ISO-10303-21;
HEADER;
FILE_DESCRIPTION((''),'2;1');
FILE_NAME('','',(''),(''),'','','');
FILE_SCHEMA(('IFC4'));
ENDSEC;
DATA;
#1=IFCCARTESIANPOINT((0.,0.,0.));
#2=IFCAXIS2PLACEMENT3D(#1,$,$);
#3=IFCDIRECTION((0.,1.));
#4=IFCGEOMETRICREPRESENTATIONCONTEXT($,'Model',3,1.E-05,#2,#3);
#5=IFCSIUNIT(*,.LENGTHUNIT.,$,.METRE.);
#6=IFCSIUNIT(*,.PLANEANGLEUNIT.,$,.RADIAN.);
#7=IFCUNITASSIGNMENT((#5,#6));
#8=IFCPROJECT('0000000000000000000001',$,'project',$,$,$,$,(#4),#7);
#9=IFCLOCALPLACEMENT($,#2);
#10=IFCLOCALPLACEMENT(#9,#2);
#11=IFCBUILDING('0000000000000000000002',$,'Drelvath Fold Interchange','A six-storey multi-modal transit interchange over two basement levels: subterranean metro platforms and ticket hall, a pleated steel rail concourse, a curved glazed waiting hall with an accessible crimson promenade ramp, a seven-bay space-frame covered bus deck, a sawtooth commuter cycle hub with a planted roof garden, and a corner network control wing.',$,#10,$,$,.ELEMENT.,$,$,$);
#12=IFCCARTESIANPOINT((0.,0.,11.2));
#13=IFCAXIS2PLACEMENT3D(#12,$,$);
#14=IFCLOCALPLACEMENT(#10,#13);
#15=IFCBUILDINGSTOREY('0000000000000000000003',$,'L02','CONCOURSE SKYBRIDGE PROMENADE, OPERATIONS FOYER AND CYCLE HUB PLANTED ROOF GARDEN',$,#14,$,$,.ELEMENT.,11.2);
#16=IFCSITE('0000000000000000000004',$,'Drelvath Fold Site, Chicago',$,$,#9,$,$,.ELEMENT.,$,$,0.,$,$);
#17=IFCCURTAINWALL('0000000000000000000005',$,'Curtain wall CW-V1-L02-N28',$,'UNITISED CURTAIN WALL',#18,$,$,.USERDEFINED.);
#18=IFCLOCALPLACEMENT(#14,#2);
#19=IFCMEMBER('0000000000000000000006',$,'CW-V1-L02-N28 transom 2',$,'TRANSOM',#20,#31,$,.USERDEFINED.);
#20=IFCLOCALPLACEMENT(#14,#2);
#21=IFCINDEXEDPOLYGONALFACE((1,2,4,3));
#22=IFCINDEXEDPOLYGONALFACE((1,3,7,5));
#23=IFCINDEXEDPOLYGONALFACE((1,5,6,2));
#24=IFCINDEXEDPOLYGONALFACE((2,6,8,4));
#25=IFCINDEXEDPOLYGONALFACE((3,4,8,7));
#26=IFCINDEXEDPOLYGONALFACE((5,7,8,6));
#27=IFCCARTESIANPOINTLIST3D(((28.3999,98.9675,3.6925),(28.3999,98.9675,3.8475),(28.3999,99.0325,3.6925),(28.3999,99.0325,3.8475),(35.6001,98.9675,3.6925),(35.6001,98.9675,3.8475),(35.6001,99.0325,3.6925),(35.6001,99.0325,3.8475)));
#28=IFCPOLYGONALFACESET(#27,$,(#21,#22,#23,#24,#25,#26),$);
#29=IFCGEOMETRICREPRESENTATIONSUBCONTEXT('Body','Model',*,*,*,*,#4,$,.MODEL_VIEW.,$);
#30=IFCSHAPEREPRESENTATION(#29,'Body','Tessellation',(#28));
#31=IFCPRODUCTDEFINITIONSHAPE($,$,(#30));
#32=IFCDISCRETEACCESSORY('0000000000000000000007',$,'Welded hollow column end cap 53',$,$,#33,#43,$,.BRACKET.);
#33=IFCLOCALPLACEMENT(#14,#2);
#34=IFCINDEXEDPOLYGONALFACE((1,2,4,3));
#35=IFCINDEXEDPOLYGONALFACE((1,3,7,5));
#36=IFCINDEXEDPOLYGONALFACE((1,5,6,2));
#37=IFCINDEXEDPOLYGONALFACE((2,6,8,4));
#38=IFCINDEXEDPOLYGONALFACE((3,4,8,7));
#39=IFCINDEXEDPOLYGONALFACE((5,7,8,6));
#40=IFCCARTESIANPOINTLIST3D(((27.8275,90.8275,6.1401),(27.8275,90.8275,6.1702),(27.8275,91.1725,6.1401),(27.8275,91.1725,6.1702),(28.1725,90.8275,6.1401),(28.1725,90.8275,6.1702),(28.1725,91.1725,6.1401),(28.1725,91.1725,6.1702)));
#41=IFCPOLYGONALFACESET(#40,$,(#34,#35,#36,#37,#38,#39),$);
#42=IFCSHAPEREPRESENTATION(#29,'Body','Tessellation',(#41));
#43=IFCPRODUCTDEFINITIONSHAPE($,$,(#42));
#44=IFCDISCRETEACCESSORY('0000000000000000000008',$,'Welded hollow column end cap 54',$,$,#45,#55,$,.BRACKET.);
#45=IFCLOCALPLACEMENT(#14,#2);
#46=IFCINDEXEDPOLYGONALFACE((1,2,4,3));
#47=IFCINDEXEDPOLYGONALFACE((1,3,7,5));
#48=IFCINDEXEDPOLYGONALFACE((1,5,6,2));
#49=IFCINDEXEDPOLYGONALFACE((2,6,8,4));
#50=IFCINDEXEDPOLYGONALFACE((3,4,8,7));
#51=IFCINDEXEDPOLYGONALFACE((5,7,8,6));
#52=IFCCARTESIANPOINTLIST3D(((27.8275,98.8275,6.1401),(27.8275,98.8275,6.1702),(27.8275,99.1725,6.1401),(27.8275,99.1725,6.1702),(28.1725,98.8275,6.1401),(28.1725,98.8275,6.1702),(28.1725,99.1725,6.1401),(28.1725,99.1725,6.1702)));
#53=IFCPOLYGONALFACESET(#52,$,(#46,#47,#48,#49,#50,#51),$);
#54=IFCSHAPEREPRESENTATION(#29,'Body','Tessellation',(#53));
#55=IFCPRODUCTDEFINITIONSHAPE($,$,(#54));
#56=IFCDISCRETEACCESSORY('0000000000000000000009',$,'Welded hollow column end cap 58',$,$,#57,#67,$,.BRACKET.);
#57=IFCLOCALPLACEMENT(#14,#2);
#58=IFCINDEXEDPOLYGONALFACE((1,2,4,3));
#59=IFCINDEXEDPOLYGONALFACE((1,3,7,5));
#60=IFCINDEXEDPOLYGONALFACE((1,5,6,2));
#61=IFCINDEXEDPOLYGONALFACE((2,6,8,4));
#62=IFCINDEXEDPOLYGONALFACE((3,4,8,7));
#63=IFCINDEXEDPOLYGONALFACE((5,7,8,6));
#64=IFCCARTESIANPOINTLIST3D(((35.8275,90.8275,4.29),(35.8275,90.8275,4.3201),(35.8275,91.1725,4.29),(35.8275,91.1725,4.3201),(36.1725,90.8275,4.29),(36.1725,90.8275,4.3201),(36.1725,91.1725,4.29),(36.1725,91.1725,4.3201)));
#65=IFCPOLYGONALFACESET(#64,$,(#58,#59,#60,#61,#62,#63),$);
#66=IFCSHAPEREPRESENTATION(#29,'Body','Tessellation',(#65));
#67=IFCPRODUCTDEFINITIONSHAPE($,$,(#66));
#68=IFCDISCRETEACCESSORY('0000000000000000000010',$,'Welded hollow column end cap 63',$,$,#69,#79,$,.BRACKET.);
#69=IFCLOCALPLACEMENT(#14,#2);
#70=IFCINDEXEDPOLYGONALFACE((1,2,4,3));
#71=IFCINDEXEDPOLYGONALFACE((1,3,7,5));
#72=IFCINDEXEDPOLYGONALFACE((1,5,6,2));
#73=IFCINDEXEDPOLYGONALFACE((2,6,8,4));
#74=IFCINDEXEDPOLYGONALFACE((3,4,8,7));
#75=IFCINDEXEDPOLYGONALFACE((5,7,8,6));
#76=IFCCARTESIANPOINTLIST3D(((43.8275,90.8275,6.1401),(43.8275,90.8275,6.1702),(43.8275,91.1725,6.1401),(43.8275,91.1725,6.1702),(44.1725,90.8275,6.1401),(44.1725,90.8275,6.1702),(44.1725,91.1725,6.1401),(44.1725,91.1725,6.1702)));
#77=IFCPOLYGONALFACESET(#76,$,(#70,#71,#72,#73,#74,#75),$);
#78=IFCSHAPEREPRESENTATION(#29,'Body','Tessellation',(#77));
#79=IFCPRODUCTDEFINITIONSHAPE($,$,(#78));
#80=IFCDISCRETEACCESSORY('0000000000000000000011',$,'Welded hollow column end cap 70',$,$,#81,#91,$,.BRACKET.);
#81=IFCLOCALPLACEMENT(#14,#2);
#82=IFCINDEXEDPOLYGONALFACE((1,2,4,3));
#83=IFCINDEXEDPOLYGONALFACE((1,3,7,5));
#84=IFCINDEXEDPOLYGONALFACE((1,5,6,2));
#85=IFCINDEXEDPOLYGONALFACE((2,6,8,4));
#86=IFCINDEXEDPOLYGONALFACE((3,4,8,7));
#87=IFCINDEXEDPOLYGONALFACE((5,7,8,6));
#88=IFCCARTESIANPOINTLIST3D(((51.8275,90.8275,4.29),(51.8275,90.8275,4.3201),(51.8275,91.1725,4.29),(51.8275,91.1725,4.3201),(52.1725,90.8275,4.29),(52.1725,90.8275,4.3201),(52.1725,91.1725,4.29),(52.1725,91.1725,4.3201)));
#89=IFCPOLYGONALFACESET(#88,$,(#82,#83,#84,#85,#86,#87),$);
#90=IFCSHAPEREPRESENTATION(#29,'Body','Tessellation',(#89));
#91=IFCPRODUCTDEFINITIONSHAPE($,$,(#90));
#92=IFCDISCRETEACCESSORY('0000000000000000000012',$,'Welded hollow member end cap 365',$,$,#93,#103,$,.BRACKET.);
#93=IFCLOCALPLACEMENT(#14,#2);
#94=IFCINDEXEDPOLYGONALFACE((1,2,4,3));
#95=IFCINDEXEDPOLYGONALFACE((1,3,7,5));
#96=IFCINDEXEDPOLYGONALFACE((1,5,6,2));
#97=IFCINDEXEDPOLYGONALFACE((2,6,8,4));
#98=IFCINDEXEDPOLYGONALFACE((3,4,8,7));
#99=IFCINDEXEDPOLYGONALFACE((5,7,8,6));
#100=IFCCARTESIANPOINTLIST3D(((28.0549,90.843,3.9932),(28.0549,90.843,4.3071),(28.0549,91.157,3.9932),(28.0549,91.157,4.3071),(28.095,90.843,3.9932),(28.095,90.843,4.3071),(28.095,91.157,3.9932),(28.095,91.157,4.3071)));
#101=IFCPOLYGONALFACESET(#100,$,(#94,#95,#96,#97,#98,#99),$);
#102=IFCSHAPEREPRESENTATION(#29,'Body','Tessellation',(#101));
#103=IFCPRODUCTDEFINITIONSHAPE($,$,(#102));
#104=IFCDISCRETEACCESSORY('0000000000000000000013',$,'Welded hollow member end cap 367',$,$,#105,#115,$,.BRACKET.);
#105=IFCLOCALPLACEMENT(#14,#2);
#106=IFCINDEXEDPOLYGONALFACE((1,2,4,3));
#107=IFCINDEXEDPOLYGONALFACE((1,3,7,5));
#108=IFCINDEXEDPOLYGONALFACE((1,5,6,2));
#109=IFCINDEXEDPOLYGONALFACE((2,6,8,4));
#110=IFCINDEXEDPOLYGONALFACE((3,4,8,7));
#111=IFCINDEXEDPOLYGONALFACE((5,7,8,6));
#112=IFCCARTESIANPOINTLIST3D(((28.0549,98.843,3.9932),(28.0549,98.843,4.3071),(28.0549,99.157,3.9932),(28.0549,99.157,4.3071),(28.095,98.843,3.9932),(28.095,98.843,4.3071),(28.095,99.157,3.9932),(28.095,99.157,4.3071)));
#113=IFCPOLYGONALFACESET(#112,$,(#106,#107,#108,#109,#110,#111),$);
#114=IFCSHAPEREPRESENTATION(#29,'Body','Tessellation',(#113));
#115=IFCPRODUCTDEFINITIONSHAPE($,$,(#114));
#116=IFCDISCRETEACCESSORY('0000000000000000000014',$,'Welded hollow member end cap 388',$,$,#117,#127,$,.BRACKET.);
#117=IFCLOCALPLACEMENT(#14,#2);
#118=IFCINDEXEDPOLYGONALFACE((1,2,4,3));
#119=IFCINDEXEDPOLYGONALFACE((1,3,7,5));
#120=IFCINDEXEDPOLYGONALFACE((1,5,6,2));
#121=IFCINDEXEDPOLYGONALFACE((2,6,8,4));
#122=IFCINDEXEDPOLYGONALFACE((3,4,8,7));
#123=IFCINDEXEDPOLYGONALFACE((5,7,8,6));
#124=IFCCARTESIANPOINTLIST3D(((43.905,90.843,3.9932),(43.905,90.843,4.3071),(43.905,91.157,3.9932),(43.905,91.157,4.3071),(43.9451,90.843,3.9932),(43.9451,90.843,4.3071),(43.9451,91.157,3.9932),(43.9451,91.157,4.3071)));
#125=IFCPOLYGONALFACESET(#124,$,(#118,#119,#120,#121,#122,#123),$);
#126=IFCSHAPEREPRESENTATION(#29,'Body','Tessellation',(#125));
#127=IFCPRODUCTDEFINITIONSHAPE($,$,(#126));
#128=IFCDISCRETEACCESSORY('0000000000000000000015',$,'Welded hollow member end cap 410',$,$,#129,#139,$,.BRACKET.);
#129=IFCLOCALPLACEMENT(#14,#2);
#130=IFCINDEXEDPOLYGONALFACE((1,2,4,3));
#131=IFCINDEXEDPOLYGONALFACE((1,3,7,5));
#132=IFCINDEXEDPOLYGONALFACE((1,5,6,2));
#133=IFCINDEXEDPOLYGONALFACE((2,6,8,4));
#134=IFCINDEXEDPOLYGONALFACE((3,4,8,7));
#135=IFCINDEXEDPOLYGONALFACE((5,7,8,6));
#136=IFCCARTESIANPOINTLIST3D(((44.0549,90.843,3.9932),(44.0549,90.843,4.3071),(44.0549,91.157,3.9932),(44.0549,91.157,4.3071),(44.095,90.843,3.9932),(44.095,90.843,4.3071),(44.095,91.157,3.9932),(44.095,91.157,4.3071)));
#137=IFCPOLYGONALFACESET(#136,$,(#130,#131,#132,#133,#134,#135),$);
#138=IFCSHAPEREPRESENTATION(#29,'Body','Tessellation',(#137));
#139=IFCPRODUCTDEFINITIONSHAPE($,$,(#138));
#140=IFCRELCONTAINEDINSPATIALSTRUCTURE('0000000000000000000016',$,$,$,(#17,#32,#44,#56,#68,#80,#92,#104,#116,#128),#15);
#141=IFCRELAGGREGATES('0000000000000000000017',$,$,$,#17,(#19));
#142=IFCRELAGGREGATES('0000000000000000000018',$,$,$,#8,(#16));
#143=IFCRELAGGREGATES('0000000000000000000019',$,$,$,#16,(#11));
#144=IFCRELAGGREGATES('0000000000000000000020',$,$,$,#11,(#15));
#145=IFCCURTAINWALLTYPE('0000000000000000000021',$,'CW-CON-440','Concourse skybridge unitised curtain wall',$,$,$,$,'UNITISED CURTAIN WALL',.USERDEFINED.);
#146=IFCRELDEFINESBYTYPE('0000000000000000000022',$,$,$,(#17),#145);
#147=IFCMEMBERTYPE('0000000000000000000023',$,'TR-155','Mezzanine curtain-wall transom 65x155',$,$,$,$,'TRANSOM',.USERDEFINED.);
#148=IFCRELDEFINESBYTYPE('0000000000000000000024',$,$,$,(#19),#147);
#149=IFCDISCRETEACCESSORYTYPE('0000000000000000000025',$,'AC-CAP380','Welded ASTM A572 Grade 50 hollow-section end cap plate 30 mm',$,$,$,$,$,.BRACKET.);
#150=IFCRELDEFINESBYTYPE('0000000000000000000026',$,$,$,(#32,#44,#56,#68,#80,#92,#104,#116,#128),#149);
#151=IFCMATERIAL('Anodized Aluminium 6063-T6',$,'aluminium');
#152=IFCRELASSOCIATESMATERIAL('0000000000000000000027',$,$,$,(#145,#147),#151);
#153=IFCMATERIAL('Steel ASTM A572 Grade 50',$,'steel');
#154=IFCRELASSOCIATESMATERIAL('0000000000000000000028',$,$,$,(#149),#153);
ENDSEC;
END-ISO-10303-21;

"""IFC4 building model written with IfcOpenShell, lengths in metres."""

from ifc_helpers import new_model, si_unit, direction, frame, origin, origin_2d, place, context, subcontext, project, spatial, rectangle, extrude, material, material_profile, profile_set, type_object, element, aggregate, save


model = new_model("IFC4")

# Units and contexts
model_context = context("Model", 3, precision=1e-05, world=origin(), true_north=direction((0.0, 1.0)))
body_context = subcontext(model_context, "Body", "Model", "MODEL_VIEW")
ifc_project = project(units=[si_unit("LENGTHUNIT", "METRE"), si_unit("PLANEANGLEUNIT", "RADIAN")], contexts=[model_context])

# Site, building, storey
site_placement = place(None, origin())
site = spatial("IfcSite", under=ifc_project, at=site_placement, Name="Drelvath Fold Site, Chicago", CompositionType="ELEMENT", RefElevation=0.0)
building_placement = place(site_placement, origin())
building = spatial("IfcBuilding", under=site, at=building_placement, Name="Drelvath Fold Interchange", Description="A six-storey multi-modal transit interchange over two basement levels: subterranean metro platforms and ticket hall, a pleated steel rail concourse, a curved glazed waiting hall with an accessible crimson promenade ramp, a seven-bay space-frame covered bus deck, a sawtooth commuter cycle hub with a planted roof garden, and a corner network control wing.", CompositionType="ELEMENT")
storey_placement = place(building_placement, frame((0.0, 0.0, 11.2)))
storey = spatial("IfcBuildingStorey", under=building, at=storey_placement, Name="L02", Description="CONCOURSE SKYBRIDGE PROMENADE, OPERATIONS FOYER AND CYCLE HUB PLANTED ROOF GARDEN", CompositionType="ELEMENT", Elevation=11.2)

# Curtain wall, member
ifc_material_1 = material(Name="Anodized Aluminium 6063-T6", Category="aluminium")
curtain_wall_type = type_object("IfcCurtainWallType", Name="CW-CON-440", Description="Concourse skybridge unitised curtain wall", ElementType="UNITISED CURTAIN WALL", PredefinedType="USERDEFINED", material=ifc_material_1)
curtain_wall_placement = place(storey_placement, origin())
curtain_wall = element("IfcCurtainWall", 1, at=curtain_wall_placement, inside=storey, type_object=curtain_wall_type, Name="Curtain wall CW-V1-L02-N28", ObjectType="UNITISED CURTAIN WALL", PredefinedType="USERDEFINED")
ifc_material_profile_1 = material_profile(ifc_material_1, rectangle(XDim=0.0649, YDim=0.155, at=origin_2d()), Name="AL-T 65x155")
ifc_profile_set_1 = profile_set([ifc_material_profile_1], Name="Anodized Aluminium 6063-T6")
member_type_1 = type_object("IfcMemberType", Name="TR-155", Description="Mezzanine curtain-wall transom 65x155", ElementType="TRANSOM", PredefinedType="USERDEFINED", material=ifc_profile_set_1)
member_1_placement = place(storey_placement, frame((28.3999, 99.0, 3.77), z_axis=(1.0, 0.0, 0.0), x_axis=(0.0, 1.0, 0.0)))
member_1 = element("IfcMember", 2, at=member_1_placement, type_object=member_type_1, Name="CW-V1-L02-N28 transom 2", ObjectType="TRANSOM", PredefinedType="USERDEFINED", context=body_context, shape_type="SweptSolid", body=[
    extrude(rectangle(XDim=0.0649, YDim=0.155, at=origin_2d()), origin(), (0.0, 0.0, 1.0), 7.2002),
])
aggregate(curtain_wall, [member_1])

# Discrete accessories
ifc_material_2 = material(Name="Steel ASTM A572 Grade 50", Category="steel")
discrete_accessory_type = type_object("IfcDiscreteAccessoryType", Name="AC-CAP380", Description="Welded ASTM A572 Grade 50 hollow-section end cap plate 30 mm", PredefinedType="BRACKET", material=ifc_material_2)
for number, where, z_axis, x_axis, name in (
    (3, (28.0, 91.0, 6.1401), (0.0, 0.0, 1.0), (1.0, 0.0, 0.0), "Welded hollow column end cap 53"),
    (4, (28.0, 99.0, 6.1401), (0.0, 0.0, 1.0), (1.0, 0.0, 0.0), "Welded hollow column end cap 54"),
    (5, (36.0, 91.0, 4.29), (0.0, 0.0, 1.0), (1.0, 0.0, 0.0), "Welded hollow column end cap 58"),
    (6, (44.0, 91.0, 6.1401), (0.0, 0.0, 1.0), (1.0, 0.0, 0.0), "Welded hollow column end cap 63"),
    (7, (52.0, 91.0, 4.29), (0.0, 0.0, 1.0), (1.0, 0.0, 0.0), "Welded hollow column end cap 70"),
):
    element("IfcDiscreteAccessory", number, at=place(storey_placement, frame(where, z_axis=z_axis, x_axis=x_axis)), inside=storey, type_object=discrete_accessory_type, Name=name, PredefinedType="BRACKET", context=body_context, shape_type="SweptSolid", body=[
        extrude(rectangle(XDim=0.345, YDim=0.345, at=origin_2d()), origin(), (0.0, 0.0, 1.0), 0.03),
    ])
for number, where, z_axis, x_axis, name in (
    (8, (28.075, 91.0, 3.9932), (0.0, 0.0, 1.0), (1.0, 0.0, 0.0), "Welded hollow member end cap 365"),
    (9, (28.075, 99.0, 3.9932), (0.0, 0.0, 1.0), (1.0, 0.0, 0.0), "Welded hollow member end cap 367"),
    (10, (43.925, 91.0, 3.9932), (0.0, 0.0, 1.0), (1.0, 0.0, 0.0), "Welded hollow member end cap 388"),
    (11, (44.075, 91.0, 3.9932), (0.0, 0.0, 1.0), (1.0, 0.0, 0.0), "Welded hollow member end cap 410"),
):
    element("IfcDiscreteAccessory", number, at=place(storey_placement, frame(where, z_axis=z_axis, x_axis=x_axis)), inside=storey, type_object=discrete_accessory_type, Name=name, PredefinedType="BRACKET", context=body_context, shape_type="SweptSolid", body=[
        extrude(rectangle(XDim=0.04, YDim=0.314, at=origin_2d()), origin(), (0.0, 0.0, 1.0), 0.314),
    ])

save(model, "model.ifc")
